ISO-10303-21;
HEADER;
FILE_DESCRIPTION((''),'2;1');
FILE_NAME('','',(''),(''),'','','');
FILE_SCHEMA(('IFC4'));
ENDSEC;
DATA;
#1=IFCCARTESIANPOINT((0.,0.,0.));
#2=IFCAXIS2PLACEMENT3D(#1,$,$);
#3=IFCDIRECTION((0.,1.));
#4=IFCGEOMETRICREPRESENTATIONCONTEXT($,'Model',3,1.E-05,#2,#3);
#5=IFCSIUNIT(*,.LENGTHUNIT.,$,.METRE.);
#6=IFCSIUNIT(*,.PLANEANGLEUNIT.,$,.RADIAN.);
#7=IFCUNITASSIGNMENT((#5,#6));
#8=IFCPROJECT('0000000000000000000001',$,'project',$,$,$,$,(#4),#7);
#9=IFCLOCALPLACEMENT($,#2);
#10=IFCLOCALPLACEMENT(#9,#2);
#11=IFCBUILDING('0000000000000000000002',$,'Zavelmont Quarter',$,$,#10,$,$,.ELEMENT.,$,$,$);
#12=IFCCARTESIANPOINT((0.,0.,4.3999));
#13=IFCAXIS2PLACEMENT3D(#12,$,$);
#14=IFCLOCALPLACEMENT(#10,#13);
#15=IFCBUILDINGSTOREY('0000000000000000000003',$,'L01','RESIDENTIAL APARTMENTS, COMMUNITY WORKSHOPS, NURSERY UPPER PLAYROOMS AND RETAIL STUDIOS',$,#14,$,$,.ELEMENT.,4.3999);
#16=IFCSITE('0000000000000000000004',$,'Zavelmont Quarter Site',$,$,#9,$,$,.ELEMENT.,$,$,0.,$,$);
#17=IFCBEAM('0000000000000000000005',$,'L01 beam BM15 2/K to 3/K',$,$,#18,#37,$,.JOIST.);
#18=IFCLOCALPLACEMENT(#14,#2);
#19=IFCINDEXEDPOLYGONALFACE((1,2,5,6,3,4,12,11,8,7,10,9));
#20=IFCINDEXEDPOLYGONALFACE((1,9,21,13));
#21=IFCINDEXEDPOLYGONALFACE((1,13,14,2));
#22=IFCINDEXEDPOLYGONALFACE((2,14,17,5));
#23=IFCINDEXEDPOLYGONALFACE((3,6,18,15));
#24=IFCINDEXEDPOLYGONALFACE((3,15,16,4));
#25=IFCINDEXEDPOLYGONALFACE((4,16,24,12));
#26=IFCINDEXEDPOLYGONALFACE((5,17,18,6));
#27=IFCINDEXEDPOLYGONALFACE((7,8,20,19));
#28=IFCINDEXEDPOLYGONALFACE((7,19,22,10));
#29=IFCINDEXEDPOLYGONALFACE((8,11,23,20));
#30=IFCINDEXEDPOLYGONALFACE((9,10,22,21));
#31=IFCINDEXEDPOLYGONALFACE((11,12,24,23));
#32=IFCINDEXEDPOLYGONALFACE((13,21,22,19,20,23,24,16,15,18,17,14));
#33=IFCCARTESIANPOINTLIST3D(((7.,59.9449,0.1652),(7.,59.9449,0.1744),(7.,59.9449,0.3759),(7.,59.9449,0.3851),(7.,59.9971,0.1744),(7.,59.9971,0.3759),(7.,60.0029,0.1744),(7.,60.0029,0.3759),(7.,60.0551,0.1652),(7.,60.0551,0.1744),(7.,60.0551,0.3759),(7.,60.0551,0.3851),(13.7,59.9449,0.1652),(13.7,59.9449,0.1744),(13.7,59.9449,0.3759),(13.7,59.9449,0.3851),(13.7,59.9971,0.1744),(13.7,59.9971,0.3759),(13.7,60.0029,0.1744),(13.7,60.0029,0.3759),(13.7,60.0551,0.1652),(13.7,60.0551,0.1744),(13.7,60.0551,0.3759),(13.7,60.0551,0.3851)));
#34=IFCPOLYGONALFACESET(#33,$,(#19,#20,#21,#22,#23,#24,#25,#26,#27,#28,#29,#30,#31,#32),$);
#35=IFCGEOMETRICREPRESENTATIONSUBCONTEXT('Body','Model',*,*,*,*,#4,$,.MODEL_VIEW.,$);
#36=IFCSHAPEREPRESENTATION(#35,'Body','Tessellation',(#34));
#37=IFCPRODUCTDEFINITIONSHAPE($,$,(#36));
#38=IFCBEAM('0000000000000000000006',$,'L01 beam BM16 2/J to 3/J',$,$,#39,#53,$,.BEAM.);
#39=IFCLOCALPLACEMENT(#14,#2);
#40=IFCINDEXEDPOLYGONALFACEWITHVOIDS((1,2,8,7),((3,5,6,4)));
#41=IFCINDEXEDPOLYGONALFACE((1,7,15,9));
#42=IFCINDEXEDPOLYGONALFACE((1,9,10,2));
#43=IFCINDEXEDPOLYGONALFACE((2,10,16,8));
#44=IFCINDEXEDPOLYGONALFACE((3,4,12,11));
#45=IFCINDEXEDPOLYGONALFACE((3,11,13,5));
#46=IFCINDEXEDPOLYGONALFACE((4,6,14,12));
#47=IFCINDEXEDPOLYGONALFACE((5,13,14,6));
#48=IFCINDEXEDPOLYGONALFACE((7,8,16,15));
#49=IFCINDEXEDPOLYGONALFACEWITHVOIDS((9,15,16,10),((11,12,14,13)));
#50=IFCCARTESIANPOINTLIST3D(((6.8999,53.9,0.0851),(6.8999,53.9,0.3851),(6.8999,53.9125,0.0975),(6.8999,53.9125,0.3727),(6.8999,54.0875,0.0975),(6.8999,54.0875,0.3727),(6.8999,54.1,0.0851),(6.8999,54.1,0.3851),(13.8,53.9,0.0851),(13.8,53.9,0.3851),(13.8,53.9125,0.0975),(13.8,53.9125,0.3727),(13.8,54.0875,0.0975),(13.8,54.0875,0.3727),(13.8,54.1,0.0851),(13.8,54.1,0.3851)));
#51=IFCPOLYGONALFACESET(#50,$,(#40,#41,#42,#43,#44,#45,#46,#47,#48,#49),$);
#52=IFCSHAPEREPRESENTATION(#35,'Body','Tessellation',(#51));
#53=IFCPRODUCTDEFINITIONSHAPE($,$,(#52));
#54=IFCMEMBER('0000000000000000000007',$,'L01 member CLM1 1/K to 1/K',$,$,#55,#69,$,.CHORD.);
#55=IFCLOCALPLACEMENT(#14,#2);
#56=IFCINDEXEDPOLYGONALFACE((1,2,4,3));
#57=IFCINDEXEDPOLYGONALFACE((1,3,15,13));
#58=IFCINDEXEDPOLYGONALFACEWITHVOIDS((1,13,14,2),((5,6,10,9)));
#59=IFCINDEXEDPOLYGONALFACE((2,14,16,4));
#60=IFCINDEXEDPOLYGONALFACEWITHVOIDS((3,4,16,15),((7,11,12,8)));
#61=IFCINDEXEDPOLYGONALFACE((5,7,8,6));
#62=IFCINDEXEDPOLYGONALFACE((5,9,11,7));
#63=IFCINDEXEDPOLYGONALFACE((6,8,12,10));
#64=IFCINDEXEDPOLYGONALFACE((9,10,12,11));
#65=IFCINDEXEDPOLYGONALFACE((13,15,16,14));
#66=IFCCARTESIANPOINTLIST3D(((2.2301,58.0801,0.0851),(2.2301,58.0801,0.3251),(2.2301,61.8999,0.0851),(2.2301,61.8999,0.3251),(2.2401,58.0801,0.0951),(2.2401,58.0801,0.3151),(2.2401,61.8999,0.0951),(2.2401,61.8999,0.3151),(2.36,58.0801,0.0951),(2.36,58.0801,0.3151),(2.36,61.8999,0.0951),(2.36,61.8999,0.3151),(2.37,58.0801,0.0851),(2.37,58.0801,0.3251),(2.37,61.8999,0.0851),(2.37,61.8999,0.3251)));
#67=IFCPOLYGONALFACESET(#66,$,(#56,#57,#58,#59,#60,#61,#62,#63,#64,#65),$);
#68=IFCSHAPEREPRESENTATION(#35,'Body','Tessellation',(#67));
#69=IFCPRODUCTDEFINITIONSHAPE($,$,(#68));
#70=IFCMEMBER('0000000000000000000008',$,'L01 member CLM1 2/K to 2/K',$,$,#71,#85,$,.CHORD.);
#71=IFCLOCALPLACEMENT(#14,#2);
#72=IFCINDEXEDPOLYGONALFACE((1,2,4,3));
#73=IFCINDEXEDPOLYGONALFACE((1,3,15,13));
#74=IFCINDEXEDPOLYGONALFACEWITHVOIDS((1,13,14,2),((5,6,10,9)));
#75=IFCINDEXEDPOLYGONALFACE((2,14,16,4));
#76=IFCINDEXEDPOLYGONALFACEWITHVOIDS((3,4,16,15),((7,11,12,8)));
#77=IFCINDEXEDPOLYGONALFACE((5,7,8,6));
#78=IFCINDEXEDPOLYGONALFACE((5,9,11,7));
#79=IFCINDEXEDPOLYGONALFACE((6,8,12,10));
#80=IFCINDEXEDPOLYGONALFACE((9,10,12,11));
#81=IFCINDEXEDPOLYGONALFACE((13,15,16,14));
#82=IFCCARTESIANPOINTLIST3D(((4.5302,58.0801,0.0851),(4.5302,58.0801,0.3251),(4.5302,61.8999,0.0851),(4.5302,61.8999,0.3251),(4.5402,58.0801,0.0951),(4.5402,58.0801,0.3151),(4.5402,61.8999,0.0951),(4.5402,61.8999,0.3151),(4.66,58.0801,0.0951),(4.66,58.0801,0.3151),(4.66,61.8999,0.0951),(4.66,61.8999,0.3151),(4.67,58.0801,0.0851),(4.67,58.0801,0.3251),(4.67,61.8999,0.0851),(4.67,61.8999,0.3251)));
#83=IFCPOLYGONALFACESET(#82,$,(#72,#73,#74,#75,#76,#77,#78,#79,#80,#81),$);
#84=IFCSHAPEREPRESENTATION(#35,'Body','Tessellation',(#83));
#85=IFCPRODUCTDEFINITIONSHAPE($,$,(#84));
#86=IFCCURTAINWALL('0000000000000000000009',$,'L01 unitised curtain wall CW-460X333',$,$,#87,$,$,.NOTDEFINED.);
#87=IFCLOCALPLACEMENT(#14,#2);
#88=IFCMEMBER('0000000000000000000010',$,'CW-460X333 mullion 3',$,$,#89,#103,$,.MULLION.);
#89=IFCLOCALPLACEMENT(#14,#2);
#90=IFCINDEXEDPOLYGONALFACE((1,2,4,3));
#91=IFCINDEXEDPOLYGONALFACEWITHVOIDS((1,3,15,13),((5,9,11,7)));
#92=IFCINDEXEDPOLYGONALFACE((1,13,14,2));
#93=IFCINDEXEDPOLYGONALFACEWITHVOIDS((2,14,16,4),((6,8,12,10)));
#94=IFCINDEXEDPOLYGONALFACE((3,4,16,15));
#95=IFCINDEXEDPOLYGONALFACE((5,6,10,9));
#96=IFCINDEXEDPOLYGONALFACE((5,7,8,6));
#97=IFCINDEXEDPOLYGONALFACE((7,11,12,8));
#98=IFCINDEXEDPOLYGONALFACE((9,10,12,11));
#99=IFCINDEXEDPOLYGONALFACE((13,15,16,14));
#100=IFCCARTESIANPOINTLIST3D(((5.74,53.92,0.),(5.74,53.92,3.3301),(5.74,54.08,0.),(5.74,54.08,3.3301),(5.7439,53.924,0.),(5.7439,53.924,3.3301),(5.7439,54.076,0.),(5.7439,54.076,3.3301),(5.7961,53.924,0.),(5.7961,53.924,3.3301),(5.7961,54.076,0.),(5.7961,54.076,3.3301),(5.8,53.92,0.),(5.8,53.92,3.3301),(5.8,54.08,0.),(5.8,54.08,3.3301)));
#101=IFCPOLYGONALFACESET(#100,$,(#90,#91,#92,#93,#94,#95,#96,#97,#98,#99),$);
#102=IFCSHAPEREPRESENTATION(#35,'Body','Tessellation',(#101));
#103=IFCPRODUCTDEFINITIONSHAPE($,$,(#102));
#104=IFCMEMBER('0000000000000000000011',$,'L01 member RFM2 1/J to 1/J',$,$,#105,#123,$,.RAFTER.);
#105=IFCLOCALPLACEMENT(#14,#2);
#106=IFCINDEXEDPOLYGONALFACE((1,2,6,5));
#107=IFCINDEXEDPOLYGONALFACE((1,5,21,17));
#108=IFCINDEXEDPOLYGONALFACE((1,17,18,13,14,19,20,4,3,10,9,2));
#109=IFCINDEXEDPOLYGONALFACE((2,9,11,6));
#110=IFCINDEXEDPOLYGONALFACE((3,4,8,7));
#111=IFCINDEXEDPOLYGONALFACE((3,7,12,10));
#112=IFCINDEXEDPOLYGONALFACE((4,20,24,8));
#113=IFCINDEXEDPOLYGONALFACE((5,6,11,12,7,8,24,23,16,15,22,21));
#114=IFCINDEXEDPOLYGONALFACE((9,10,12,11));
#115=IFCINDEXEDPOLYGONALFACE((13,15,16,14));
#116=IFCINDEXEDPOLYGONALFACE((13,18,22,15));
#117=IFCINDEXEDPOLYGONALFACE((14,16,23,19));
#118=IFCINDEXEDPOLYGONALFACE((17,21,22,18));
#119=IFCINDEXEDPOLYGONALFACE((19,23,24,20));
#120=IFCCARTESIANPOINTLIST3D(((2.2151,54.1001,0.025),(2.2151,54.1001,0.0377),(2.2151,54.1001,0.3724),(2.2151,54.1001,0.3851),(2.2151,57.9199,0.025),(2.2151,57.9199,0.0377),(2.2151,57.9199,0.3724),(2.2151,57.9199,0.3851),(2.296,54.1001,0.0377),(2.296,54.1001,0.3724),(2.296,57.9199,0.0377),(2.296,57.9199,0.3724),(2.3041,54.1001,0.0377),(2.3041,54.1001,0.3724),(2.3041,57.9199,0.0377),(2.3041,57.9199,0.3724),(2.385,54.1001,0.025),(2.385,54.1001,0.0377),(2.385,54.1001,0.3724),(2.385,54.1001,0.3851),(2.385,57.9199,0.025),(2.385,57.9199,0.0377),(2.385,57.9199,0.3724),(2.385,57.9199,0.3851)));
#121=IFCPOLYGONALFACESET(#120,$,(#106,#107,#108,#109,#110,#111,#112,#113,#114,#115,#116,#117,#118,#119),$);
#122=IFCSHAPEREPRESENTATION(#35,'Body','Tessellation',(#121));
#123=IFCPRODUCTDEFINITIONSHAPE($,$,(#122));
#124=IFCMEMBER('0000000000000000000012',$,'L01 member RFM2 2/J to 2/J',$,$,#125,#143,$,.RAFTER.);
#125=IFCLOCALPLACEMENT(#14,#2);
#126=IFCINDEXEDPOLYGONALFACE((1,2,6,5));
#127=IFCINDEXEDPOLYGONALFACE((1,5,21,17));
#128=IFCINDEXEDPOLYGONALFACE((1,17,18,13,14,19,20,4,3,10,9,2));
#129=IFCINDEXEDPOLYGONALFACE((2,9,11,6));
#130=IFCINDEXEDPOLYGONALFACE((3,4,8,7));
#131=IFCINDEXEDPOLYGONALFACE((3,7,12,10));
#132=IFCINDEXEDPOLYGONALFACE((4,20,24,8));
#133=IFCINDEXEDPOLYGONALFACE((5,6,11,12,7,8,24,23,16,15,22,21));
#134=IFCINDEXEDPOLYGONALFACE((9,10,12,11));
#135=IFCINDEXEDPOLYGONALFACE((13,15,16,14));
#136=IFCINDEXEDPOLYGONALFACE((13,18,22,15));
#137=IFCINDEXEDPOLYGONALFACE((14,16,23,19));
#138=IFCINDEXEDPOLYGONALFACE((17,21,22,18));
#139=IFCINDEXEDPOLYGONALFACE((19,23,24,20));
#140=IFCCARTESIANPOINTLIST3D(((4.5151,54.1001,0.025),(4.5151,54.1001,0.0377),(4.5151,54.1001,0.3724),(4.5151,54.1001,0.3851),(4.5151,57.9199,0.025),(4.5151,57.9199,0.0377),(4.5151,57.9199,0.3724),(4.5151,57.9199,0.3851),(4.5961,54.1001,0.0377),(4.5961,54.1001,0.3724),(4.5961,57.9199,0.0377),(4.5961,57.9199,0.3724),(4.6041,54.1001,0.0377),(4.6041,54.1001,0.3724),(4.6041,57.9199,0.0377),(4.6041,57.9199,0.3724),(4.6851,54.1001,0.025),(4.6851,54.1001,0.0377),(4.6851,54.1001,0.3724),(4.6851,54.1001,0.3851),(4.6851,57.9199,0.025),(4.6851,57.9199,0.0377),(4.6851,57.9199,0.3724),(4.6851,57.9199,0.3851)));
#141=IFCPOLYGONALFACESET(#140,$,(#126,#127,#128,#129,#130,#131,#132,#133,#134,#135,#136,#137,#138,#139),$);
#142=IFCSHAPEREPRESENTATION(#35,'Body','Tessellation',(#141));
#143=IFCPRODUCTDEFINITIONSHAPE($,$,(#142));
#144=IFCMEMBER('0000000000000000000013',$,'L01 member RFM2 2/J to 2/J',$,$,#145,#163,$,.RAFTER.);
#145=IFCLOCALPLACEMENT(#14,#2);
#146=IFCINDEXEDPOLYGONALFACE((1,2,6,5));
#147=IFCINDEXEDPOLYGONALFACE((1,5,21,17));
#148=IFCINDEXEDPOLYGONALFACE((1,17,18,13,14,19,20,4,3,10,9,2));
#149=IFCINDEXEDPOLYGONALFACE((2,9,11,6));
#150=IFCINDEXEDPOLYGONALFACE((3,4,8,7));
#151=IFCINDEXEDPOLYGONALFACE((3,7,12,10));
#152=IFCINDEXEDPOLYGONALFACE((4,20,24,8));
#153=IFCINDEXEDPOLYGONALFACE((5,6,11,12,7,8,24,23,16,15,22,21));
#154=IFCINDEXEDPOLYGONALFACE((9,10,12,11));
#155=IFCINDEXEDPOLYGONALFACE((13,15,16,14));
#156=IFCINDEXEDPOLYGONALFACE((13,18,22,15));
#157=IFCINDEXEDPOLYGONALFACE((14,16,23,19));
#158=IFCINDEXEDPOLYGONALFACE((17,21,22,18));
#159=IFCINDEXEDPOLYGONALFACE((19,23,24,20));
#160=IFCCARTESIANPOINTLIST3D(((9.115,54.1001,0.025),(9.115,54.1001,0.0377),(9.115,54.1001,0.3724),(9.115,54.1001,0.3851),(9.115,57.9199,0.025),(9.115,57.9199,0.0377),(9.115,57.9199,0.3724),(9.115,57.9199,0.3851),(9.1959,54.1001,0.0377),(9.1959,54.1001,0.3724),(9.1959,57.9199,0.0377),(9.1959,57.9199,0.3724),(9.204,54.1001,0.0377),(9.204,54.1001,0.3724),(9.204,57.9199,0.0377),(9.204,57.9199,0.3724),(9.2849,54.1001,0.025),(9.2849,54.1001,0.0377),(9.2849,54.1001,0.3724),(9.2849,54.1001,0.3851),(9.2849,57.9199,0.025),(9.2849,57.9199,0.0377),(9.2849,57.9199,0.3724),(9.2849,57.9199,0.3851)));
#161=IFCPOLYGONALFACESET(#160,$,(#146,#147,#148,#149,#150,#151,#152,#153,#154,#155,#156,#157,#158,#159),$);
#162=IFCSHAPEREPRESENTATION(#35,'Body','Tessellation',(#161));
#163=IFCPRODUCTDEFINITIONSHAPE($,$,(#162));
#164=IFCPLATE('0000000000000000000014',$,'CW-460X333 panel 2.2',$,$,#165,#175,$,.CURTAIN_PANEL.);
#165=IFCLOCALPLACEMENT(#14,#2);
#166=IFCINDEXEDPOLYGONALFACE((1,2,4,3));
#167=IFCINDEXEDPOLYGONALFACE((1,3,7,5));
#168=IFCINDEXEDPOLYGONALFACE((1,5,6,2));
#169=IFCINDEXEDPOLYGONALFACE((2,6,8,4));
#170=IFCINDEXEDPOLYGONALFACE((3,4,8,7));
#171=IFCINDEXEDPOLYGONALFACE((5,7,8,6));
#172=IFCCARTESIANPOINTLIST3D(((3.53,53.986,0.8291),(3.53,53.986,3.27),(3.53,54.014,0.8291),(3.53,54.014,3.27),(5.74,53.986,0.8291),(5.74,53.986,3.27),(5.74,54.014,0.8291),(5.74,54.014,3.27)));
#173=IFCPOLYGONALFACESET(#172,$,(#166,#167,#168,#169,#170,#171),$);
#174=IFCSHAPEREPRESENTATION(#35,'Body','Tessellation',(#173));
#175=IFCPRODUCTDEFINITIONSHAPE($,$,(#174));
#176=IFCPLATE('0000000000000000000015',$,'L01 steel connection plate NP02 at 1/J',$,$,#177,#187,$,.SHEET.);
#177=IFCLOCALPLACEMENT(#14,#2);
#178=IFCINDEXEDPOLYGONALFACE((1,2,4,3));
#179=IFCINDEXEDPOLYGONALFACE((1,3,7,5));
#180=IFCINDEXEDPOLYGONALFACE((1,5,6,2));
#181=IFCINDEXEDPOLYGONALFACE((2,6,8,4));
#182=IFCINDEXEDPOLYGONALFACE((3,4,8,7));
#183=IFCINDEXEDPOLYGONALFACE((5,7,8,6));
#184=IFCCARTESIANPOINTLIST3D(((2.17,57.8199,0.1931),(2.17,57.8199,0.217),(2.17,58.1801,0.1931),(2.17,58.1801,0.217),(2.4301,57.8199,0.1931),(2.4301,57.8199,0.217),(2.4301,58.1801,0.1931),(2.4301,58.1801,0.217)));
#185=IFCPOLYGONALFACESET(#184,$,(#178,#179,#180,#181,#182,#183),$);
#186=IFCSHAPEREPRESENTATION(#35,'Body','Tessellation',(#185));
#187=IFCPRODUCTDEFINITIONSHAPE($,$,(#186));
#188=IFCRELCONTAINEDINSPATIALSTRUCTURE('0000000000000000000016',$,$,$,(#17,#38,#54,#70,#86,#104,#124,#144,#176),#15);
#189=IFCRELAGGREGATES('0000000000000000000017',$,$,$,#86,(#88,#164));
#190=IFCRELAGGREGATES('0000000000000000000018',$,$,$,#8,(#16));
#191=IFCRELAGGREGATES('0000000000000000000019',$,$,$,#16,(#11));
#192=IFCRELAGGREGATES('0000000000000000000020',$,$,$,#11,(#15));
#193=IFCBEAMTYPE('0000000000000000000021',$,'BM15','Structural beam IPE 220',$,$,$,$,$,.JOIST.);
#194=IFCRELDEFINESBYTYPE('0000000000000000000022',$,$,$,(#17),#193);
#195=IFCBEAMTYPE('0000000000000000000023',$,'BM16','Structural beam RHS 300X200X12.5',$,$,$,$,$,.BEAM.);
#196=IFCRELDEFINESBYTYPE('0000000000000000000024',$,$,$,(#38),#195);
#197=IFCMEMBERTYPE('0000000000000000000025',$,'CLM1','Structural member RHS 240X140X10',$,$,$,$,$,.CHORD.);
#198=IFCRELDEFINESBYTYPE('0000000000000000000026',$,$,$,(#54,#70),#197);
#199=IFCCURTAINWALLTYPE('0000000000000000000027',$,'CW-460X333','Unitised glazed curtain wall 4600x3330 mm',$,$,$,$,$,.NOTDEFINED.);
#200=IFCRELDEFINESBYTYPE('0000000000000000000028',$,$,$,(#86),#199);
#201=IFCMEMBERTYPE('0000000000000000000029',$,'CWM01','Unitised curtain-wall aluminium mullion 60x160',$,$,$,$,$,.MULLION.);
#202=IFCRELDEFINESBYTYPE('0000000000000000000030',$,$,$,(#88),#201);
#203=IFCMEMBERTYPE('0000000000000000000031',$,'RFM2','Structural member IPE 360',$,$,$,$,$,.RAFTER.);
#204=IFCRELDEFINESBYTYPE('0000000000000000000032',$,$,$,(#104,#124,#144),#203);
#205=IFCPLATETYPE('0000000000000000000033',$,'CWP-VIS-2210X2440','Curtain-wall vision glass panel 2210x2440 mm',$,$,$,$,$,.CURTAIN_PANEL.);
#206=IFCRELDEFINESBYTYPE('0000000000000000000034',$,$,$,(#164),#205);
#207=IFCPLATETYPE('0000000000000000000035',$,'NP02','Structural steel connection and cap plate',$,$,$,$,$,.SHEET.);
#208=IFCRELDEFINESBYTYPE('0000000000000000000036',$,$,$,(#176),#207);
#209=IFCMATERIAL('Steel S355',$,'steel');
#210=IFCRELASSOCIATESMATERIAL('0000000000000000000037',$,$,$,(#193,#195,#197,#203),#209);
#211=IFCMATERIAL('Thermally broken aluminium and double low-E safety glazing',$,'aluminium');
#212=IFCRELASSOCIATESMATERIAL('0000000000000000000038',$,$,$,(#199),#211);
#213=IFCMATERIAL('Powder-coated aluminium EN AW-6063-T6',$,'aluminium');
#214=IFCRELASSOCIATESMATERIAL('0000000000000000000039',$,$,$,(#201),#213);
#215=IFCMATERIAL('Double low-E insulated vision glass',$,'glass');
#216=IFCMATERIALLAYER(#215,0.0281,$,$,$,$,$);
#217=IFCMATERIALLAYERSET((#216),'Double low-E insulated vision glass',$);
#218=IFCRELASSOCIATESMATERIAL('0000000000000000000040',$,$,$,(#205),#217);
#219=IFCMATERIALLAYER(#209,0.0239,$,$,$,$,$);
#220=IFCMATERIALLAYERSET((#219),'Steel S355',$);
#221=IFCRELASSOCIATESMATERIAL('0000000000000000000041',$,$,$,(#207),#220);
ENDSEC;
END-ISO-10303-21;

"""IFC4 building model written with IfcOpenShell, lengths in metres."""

from ifc_helpers import new_model, si_unit, direction, frame, origin, origin_2d, place, context, subcontext, project, spatial, rectangle, hollow_rectangle, i_section, extrude, material, layer, layer_set, material_profile, profile_set, type_object, element, aggregate, save


model = new_model("IFC4")

# Units and contexts
model_context = context("Model", 3, precision=1e-05, world=origin(), true_north=direction((0.0, 1.0)))
body_context = subcontext(model_context, "Body", "Model", "MODEL_VIEW")
ifc_project = project(units=[si_unit("LENGTHUNIT", "METRE"), si_unit("PLANEANGLEUNIT", "RADIAN")], contexts=[model_context])

# Site, building, storey
site_placement = place(None, origin())
site = spatial("IfcSite", under=ifc_project, at=site_placement, Name="Zavelmont Quarter Site", CompositionType="ELEMENT", RefElevation=0.0)
building_placement = place(site_placement, origin())
building = spatial("IfcBuilding", under=site, at=building_placement, Name="Zavelmont Quarter", CompositionType="ELEMENT")
storey_placement = place(building_placement, frame((0.0, 0.0, 4.3999)))
storey = spatial("IfcBuildingStorey", under=building, at=storey_placement, Name="L01", Description="RESIDENTIAL APARTMENTS, COMMUNITY WORKSHOPS, NURSERY UPPER PLAYROOMS AND RETAIL STUDIOS", CompositionType="ELEMENT", Elevation=4.3999)

# Beams
ifc_material_1 = material(Name="Steel S355", Category="steel")
ifc_material_profile_1 = material_profile(ifc_material_1, i_section(OverallWidth=0.1101, OverallDepth=0.22, WebThickness=0.0059, FlangeThickness=0.0093, at=origin_2d()), Name="IPE 220")
ifc_profile_set_1 = profile_set([ifc_material_profile_1], Name="Steel S355")
beam_type_1 = type_object("IfcBeamType", Name="BM15", Description="Structural beam IPE 220", PredefinedType="JOIST", material=ifc_profile_set_1)
beam_1_placement = place(storey_placement, frame((7.0, 60.0, 0.2751), z_axis=(1.0, 0.0, 0.0), x_axis=(0.0, 1.0, 0.0)))
element("IfcBeam", 1, at=beam_1_placement, inside=storey, type_object=beam_type_1, Name="L01 beam BM15 2/K to 3/K", PredefinedType="JOIST", context=body_context, shape_type="SweptSolid", body=[
    extrude(i_section(OverallWidth=0.1101, OverallDepth=0.22, WebThickness=0.0059, FlangeThickness=0.0093, at=origin_2d()), origin(), (0.0, 0.0, 1.0), 6.7),
])
ifc_material_profile_2 = material_profile(ifc_material_1, hollow_rectangle(XDim=0.2, YDim=0.3, WallThickness=0.0125, at=origin_2d()), Name="RHS 300X200X12.5")
ifc_profile_set_2 = profile_set([ifc_material_profile_2], Name="Steel S355")
beam_type_2 = type_object("IfcBeamType", Name="BM16", Description="Structural beam RHS 300X200X12.5", PredefinedType="BEAM", material=ifc_profile_set_2)
beam_2_placement = place(storey_placement, frame((6.8999, 54.0, 0.2351), z_axis=(1.0, 0.0, 0.0), x_axis=(0.0, 1.0, 0.0)))
element("IfcBeam", 2, at=beam_2_placement, inside=storey, type_object=beam_type_2, Name="L01 beam BM16 2/J to 3/J", PredefinedType="BEAM", context=body_context, shape_type="SweptSolid", body=[
    extrude(hollow_rectangle(XDim=0.2, YDim=0.3, WallThickness=0.0125, at=origin_2d()), origin(), (0.0, 0.0, 1.0), 6.9001),
])

# Members
ifc_material_profile_3 = material_profile(ifc_material_1, hollow_rectangle(XDim=0.1399, YDim=0.24, WallThickness=0.01, at=origin_2d()), Name="RHS 240X140X10")
ifc_profile_set_3 = profile_set([ifc_material_profile_3], Name="Steel S355")
member_type_1 = type_object("IfcMemberType", Name="CLM1", Description="Structural member RHS 240X140X10", PredefinedType="CHORD", material=ifc_profile_set_3)
for number, where, z_axis, x_axis, name in (
    (3, (2.3, 58.0801, 0.2051), (0.0, 1.0, 0.0), (-1.0, 0.0, 0.0), "L01 member CLM1 1/K to 1/K"),
    (4, (4.6001, 58.0801, 0.2051), (0.0, 1.0, 0.0), (-1.0, 0.0, 0.0), "L01 member CLM1 2/K to 2/K"),
):
    element("IfcMember", number, at=place(storey_placement, frame(where, z_axis=z_axis, x_axis=x_axis)), inside=storey, type_object=member_type_1, Name=name, PredefinedType="CHORD", context=body_context, shape_type="SweptSolid", body=[
        extrude(hollow_rectangle(XDim=0.1399, YDim=0.24, WallThickness=0.01, at=origin_2d()), origin(), (0.0, 0.0, 1.0), 3.8198),
    ])

# Curtain wall, member
ifc_material_2 = material(Name="Thermally broken aluminium and double low-E safety glazing", Category="aluminium")
curtain_wall_type = type_object("IfcCurtainWallType", Name="CW-460X333", Description="Unitised glazed curtain wall 4600x3330 mm", PredefinedType="NOTDEFINED", material=ifc_material_2)
curtain_wall_placement = place(storey_placement, origin())
curtain_wall = element("IfcCurtainWall", 5, at=curtain_wall_placement, inside=storey, type_object=curtain_wall_type, Name="L01 unitised curtain wall CW-460X333", PredefinedType="NOTDEFINED")
ifc_material_3 = material(Name="Powder-coated aluminium EN AW-6063-T6", Category="aluminium")
ifc_material_profile_4 = material_profile(ifc_material_3, hollow_rectangle(XDim=0.0601, YDim=0.1599, WallThickness=0.0039, at=origin_2d()), Name="CWM60X160")
ifc_profile_set_4 = profile_set([ifc_material_profile_4], Name="Powder-coated aluminium EN AW-6063-T6")
member_type_2 = type_object("IfcMemberType", Name="CWM01", Description="Unitised curtain-wall aluminium mullion 60x160", PredefinedType="MULLION", material=ifc_profile_set_4)
member_placement = place(storey_placement, frame((5.77, 54.0, 0.0), z_axis=(0.0, 0.0, 1.0), x_axis=(1.0, 0.0, 0.0)))
member = element("IfcMember", 6, at=member_placement, type_object=member_type_2, Name="CW-460X333 mullion 3", PredefinedType="MULLION", context=body_context, shape_type="SweptSolid", body=[
    extrude(hollow_rectangle(XDim=0.0601, YDim=0.1599, WallThickness=0.0039, at=origin_2d()), origin(), (0.0, 0.0, 1.0), 3.3301),
])

# Members
ifc_material_profile_5 = material_profile(ifc_material_1, i_section(OverallWidth=0.1699, OverallDepth=0.3601, WebThickness=0.0081, FlangeThickness=0.0127, at=origin_2d()), Name="IPE 360")
ifc_profile_set_5 = profile_set([ifc_material_profile_5], Name="Steel S355")
member_type_3 = type_object("IfcMemberType", Name="RFM2", Description="Structural member IPE 360", PredefinedType="RAFTER", material=ifc_profile_set_5)
for number, where, z_axis, x_axis, name in (
    (7, (2.3, 54.1001, 0.2051), (0.0, 1.0, 0.0), (-1.0, 0.0, 0.0), "L01 member RFM2 1/J to 1/J"),
    (8, (4.6001, 54.1001, 0.2051), (0.0, 1.0, 0.0), (-1.0, 0.0, 0.0), "L01 member RFM2 2/J to 2/J"),
    (9, (9.2, 54.1001, 0.2051), (0.0, 1.0, 0.0), (-1.0, 0.0, 0.0), "L01 member RFM2 2/J to 2/J"),
):
    element("IfcMember", number, at=place(storey_placement, frame(where, z_axis=z_axis, x_axis=x_axis)), inside=storey, type_object=member_type_3, Name=name, PredefinedType="RAFTER", context=body_context, shape_type="SweptSolid", body=[
        extrude(i_section(OverallWidth=0.1699, OverallDepth=0.3601, WebThickness=0.0081, FlangeThickness=0.0127, at=origin_2d()), origin(), (0.0, 0.0, 1.0), 3.8198),
    ])

# Plate
ifc_material_4 = material(Name="Double low-E insulated vision glass", Category="glass")
ifc_layer_1 = layer(ifc_material_4, 0.0281)
ifc_layer_set_1 = layer_set([ifc_layer_1], Name="Double low-E insulated vision glass")
plate_type_1 = type_object("IfcPlateType", Name="CWP-VIS-2210X2440", Description="Curtain-wall vision glass panel 2210x2440 mm", PredefinedType="CURTAIN_PANEL", material=ifc_layer_set_1)
plate_placement = place(storey_placement, frame((4.635, 54.0, 0.8291), z_axis=(0.0, 0.0, 1.0), x_axis=(1.0, 0.0, 0.0)))
plate = element("IfcPlate", 10, at=plate_placement, type_object=plate_type_1, Name="CW-460X333 panel 2.2", PredefinedType="CURTAIN_PANEL", context=body_context, shape_type="SweptSolid", body=[
    extrude(rectangle(XDim=2.21, YDim=0.0281, at=origin_2d()), origin(), (0.0, 0.0, 1.0), 2.4409),
])
aggregate(curtain_wall, [member, plate])

# Plate
ifc_layer_2 = layer(ifc_material_1, 0.0239)
ifc_layer_set_2 = layer_set([ifc_layer_2], Name="Steel S355")
plate_type_2 = type_object("IfcPlateType", Name="NP02", Description="Structural steel connection and cap plate", PredefinedType="SHEET", material=ifc_layer_set_2)
for number, where, z_axis, x_axis, name in (
    (11, (2.3, 58.0, 0.1931), (0.0, 0.0, 1.0), (0.0, 1.0, 0.0), "L01 steel connection plate NP02 at 1/J"),
):
    element("IfcPlate", number, at=place(storey_placement, frame(where, z_axis=z_axis, x_axis=x_axis)), inside=storey, type_object=plate_type_2, Name=name, PredefinedType="SHEET", context=body_context, shape_type="SweptSolid", body=[
        extrude(rectangle(XDim=0.3601, YDim=0.26, at=origin_2d()), origin(), (0.0, 0.0, 1.0), 0.0239),
    ])

save(model, "model.ifc")
